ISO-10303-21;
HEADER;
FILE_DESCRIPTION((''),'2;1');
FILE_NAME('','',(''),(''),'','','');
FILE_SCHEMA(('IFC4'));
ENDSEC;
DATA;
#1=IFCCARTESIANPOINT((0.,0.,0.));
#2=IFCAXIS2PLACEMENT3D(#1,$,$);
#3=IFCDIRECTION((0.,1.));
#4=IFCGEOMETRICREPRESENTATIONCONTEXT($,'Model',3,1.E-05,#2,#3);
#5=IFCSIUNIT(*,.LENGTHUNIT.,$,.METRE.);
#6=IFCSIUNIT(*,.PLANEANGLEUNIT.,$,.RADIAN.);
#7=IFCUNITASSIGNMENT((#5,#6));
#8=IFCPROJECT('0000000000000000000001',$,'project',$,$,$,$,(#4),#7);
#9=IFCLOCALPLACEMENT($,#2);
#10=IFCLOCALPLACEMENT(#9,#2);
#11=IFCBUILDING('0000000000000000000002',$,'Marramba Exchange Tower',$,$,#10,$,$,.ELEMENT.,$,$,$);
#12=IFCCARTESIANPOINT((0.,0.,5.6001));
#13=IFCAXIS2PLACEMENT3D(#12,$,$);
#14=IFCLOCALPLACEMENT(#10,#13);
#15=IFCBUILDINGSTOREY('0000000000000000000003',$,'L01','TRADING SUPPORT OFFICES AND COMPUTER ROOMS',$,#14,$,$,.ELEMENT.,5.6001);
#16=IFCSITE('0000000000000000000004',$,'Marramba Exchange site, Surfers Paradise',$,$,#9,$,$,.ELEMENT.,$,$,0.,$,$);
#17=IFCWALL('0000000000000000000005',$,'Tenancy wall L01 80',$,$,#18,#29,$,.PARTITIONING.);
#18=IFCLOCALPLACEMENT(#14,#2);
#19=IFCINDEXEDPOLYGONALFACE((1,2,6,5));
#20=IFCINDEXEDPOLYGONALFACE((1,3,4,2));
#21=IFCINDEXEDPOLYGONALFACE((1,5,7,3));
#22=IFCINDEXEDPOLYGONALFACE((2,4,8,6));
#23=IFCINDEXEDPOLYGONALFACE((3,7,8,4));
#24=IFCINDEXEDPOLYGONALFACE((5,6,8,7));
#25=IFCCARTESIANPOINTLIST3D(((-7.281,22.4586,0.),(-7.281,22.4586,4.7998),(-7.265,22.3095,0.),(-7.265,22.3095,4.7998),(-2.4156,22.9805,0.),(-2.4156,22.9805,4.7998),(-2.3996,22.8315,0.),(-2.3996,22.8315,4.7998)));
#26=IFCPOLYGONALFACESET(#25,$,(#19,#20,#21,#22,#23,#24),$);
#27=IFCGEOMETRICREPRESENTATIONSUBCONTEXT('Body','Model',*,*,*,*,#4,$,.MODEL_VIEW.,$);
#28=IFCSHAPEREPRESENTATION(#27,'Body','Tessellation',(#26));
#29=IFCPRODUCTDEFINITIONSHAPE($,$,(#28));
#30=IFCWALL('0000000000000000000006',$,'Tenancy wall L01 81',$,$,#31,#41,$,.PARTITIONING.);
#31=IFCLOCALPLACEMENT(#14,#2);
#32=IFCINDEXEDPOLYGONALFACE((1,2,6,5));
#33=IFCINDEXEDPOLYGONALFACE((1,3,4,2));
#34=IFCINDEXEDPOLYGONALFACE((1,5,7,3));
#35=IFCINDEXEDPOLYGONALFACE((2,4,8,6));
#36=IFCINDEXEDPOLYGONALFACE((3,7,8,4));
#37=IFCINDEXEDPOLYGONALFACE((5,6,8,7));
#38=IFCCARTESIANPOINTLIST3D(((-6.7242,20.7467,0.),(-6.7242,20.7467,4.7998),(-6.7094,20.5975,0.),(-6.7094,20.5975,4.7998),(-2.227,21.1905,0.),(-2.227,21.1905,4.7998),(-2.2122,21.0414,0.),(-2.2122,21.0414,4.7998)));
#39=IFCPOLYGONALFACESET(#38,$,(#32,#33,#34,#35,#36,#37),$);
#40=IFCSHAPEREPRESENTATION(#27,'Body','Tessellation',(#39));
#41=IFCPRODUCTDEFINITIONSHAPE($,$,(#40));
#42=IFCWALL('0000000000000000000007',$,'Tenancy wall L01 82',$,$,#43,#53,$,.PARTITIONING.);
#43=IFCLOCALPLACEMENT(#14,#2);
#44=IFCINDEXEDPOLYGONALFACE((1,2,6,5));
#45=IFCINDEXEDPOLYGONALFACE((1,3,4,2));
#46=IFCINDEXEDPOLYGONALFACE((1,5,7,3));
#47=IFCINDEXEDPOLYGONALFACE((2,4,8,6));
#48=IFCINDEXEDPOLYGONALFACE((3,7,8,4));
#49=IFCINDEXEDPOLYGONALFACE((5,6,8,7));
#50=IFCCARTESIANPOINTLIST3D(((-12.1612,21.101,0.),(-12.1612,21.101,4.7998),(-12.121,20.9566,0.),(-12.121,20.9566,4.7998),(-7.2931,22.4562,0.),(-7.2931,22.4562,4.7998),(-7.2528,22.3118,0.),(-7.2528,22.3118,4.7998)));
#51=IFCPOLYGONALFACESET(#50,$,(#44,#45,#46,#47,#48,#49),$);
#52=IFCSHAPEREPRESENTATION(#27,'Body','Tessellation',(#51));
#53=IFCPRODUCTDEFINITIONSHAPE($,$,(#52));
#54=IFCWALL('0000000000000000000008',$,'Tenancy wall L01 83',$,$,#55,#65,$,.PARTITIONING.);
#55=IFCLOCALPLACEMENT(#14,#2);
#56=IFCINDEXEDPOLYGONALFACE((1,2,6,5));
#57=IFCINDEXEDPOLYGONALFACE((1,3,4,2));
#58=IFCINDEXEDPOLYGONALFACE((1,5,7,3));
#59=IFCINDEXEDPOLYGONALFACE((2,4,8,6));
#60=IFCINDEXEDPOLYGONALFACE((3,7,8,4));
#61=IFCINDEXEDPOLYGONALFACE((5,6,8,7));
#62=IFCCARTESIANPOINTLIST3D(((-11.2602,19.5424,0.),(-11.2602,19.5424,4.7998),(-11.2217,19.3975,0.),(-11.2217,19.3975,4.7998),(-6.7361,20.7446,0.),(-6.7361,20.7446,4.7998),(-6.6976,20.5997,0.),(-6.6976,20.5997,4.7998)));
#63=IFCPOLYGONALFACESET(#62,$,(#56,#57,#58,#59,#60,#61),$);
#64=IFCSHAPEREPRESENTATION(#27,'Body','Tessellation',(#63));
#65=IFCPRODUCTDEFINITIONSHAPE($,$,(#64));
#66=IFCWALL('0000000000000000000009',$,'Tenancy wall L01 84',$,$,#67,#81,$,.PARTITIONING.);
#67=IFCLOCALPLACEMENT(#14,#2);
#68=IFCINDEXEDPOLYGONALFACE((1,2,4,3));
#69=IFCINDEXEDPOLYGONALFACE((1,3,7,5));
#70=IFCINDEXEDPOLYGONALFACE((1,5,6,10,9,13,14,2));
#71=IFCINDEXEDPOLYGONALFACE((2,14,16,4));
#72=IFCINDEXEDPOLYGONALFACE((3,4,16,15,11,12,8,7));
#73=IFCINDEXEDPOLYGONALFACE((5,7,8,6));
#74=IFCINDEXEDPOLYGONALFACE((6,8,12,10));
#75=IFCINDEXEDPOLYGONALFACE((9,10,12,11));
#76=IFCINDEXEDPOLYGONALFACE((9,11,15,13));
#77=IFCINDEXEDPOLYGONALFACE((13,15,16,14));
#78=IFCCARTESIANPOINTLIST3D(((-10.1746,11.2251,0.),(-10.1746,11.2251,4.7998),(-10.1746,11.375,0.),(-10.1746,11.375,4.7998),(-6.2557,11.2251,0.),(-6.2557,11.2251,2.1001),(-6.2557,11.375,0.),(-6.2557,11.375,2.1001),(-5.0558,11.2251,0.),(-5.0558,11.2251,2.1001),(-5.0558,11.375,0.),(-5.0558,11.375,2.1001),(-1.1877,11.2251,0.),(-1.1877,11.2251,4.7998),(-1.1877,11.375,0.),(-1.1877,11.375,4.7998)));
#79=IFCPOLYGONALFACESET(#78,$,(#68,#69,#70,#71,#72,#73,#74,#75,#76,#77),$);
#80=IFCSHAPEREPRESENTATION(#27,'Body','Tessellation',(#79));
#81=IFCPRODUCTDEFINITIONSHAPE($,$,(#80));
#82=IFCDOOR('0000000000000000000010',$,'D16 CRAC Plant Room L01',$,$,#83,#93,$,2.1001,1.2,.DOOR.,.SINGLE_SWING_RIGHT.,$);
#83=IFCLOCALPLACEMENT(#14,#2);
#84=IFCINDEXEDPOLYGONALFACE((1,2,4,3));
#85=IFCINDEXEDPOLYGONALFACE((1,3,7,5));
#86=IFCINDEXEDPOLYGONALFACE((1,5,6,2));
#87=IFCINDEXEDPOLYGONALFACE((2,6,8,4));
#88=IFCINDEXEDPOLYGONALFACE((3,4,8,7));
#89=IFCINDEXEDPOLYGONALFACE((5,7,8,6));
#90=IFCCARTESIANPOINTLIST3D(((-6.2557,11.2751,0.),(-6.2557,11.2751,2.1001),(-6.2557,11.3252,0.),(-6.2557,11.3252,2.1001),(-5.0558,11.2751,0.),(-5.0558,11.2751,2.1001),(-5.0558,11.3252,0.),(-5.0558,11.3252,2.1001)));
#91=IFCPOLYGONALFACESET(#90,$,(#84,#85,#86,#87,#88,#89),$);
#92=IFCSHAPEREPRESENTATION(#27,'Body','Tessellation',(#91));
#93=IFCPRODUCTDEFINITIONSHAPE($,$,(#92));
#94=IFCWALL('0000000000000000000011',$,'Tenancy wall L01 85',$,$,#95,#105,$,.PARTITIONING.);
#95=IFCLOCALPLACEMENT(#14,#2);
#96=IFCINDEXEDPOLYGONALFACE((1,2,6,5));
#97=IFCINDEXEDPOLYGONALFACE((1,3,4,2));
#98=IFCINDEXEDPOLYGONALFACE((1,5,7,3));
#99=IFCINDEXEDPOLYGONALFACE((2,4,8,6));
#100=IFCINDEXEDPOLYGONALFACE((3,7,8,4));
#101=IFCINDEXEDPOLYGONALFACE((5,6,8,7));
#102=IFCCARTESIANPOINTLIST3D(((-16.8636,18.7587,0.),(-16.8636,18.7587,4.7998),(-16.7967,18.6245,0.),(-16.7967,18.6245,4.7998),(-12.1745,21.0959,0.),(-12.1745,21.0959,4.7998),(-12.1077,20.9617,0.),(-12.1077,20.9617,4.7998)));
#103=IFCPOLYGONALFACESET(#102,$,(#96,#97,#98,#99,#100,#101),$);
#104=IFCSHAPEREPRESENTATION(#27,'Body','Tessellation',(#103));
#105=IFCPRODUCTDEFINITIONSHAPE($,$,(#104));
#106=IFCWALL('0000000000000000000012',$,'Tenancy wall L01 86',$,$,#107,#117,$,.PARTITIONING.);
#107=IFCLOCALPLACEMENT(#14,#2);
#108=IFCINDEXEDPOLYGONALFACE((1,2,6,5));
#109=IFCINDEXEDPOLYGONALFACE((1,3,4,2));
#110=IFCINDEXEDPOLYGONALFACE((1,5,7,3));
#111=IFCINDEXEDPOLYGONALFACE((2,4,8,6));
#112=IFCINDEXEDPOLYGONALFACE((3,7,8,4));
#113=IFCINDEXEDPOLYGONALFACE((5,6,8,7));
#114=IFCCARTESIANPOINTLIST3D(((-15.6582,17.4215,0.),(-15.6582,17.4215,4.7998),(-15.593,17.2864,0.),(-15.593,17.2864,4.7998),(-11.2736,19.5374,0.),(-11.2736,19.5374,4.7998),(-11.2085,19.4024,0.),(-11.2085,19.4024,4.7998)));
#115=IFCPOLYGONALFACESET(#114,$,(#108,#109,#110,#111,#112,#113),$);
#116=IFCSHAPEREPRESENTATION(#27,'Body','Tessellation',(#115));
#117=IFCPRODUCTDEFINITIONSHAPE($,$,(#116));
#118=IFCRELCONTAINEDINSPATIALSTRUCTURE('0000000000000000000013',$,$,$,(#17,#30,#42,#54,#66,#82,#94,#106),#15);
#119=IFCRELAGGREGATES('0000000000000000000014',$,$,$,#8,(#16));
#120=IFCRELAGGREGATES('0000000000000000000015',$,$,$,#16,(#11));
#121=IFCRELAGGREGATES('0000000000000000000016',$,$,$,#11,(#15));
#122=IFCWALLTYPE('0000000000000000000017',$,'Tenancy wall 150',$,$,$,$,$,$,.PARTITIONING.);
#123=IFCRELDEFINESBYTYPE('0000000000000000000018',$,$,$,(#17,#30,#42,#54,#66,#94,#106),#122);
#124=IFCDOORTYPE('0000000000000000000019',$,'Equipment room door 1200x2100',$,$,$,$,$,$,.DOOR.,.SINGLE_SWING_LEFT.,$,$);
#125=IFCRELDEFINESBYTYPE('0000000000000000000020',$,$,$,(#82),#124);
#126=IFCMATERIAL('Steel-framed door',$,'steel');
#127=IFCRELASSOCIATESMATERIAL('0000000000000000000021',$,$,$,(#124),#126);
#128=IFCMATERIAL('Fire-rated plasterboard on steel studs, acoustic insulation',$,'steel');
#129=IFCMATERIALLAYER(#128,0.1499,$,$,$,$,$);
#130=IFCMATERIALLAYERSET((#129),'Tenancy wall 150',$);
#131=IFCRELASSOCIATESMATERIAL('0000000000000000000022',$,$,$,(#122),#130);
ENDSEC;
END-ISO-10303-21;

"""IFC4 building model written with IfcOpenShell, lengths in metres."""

from ifc_helpers import new_model, si_unit, direction, frame, frame_2d, origin, place, context, subcontext, project, spatial, rectangle, extrude, material, layer, layer_set, type_object, element, fill, save


model = new_model("IFC4")

# Units and contexts
model_context = context("Model", 3, precision=1e-05, world=origin(), true_north=direction((0.0, 1.0)))
body_context = subcontext(model_context, "Body", "Model", "MODEL_VIEW")
ifc_project = project(units=[si_unit("LENGTHUNIT", "METRE"), si_unit("PLANEANGLEUNIT", "RADIAN")], contexts=[model_context])

# Site, building, storey
site_placement = place(None, origin())
site = spatial("IfcSite", under=ifc_project, at=site_placement, Name="Marramba Exchange site, Surfers Paradise", CompositionType="ELEMENT", RefElevation=0.0)
building_placement = place(site_placement, origin())
building = spatial("IfcBuilding", under=site, at=building_placement, Name="Marramba Exchange Tower", CompositionType="ELEMENT")
storey_placement = place(building_placement, frame((0.0, 0.0, 5.6001)))
storey = spatial("IfcBuildingStorey", under=building, at=storey_placement, Name="L01", Description="TRADING SUPPORT OFFICES AND COMPUTER ROOMS", CompositionType="ELEMENT", Elevation=5.6001)

# Shared definitions
ifc_material_1 = material(Name="Steel-framed door", Category="steel")
door_type = type_object("IfcDoorType", Name="Equipment room door 1200x2100", OperationType="SINGLE_SWING_LEFT", PredefinedType="DOOR", material=ifc_material_1)

# Walls
ifc_material_2 = material(Name="Fire-rated plasterboard on steel studs, acoustic insulation", Category="steel")
ifc_layer_1 = layer(ifc_material_2, 0.1499)
ifc_layer_set_1 = layer_set([ifc_layer_1], Name="Tenancy wall 150")
wall_type_1 = type_object("IfcWallType", Name="Tenancy wall 150", PredefinedType="PARTITIONING", material=ifc_layer_set_1)
wall_1_placement = place(storey_placement, frame((-2.4075, 22.906, 0.0), z_axis=(0.0, 0.0, 1.0), x_axis=(-0.994295, -0.106669, 0.0)))
element("IfcWall", 1, at=wall_1_placement, inside=storey, type_object=wall_type_1, Name="Tenancy wall L01 80", PredefinedType="PARTITIONING", context=body_context, shape_type="SweptSolid", body=[
    extrude(rectangle(XDim=4.8933, YDim=0.1499, at=frame_2d((2.4468, 0.0))), origin(), (0.0, 0.0, 1.0), 4.7998),
])
wall_2_placement = place(storey_placement, frame((-6.7168, 20.6721, 0.0), z_axis=(0.0, 0.0, 1.0), x_axis=(0.995165, 0.098215, 0.0)))
element("IfcWall", 2, at=wall_2_placement, inside=storey, type_object=wall_type_1, Name="Tenancy wall L01 81", PredefinedType="PARTITIONING", context=body_context, shape_type="SweptSolid", body=[
    extrude(rectangle(XDim=4.519, YDim=0.1499, at=frame_2d((2.2595, 0.0))), origin(), (0.0, 0.0, 1.0), 4.7998),
])
wall_3_placement = place(storey_placement, frame((-7.2729, 22.384, 0.0), z_axis=(0.0, 0.0, 1.0), x_axis=(-0.963367, -0.268187, 0.0)))
element("IfcWall", 3, at=wall_3_placement, inside=storey, type_object=wall_type_1, Name="Tenancy wall L01 82", PredefinedType="PARTITIONING", context=body_context, shape_type="SweptSolid", body=[
    extrude(rectangle(XDim=5.0532, YDim=0.1499, at=frame_2d((2.5266, 0.0))), origin(), (0.0, 0.0, 1.0), 4.7998),
])
wall_4_placement = place(storey_placement, frame((-11.241, 19.47, 0.0), z_axis=(0.0, 0.0, 1.0), x_axis=(0.966463, 0.256806, 0.0)))
element("IfcWall", 4, at=wall_4_placement, inside=storey, type_object=wall_type_1, Name="Tenancy wall L01 83", PredefinedType="PARTITIONING", context=body_context, shape_type="SweptSolid", body=[
    extrude(rectangle(XDim=4.6812, YDim=0.1499, at=frame_2d((2.3406, 0.0))), origin(), (0.0, 0.0, 1.0), 4.7998),
])

# Wall, opening, door
wall_5_placement = place(storey_placement, frame((-1.1877, 11.3, 0.0), z_axis=(0.0, 0.0, 1.0), x_axis=(-1.0, 0.0, 0.0)))
wall_5 = element("IfcWall", 5, at=wall_5_placement, inside=storey, type_object=wall_type_1, Name="Tenancy wall L01 84", PredefinedType="PARTITIONING", context=body_context, shape_type="SweptSolid", body=[
    extrude(rectangle(XDim=8.9868, YDim=0.1499, at=frame_2d((4.4934, 0.0))), origin(), (0.0, 0.0, 1.0), 4.7998),
])
opening_1_placement = place(wall_5_placement, frame((3.8679, 0.0, 0.0)))
opening_1 = element("IfcOpeningElement", 6, at=opening_1_placement, cuts=wall_5, PredefinedType="OPENING", context=body_context, shape_type="SweptSolid", body=[
    extrude(rectangle(XDim=1.2, YDim=2.1001, at=frame_2d((0.6001, 1.05))), frame((0.0, 0.085, 0.0), z_axis=(0.0, -1.0, 0.0), x_axis=(1.0, 0.0, 0.0)), (0.0, 0.0, 1.0), 0.1699),
])
door_1_placement = place(opening_1_placement, origin())
door_1 = element("IfcDoor", 7, at=door_1_placement, inside=storey, type_object=door_type, Name="D16 CRAC Plant Room L01", OperationType="SINGLE_SWING_RIGHT", OverallHeight=2.1001, OverallWidth=1.2, PredefinedType="DOOR", context=body_context, shape_type="SweptSolid", body=[
    extrude(rectangle(XDim=1.2, YDim=2.1001, at=frame_2d((0.6001, 1.05))), frame((0.0, 0.0249, 0.0), z_axis=(0.0, -1.0, 0.0), x_axis=(1.0, 0.0, 0.0)), (0.0, 0.0, 1.0), 0.05),
])
fill(opening_1, door_1)

# Walls
wall_6_placement = place(storey_placement, frame((-12.1411, 21.0288, 0.0), z_axis=(0.0, 0.0, 1.0), x_axis=(-0.894986, -0.446095, 0.0)))
element("IfcWall", 8, at=wall_6_placement, inside=storey, type_object=wall_type_1, Name="Tenancy wall L01 85", PredefinedType="PARTITIONING", context=body_context, shape_type="SweptSolid", body=[
    extrude(rectangle(XDim=5.2393, YDim=0.1499, at=frame_2d((2.6196, 0.0))), origin(), (0.0, 0.0, 1.0), 4.7998),
])
wall_7_placement = place(storey_placement, frame((-15.6255, 17.354, 0.0), z_axis=(0.0, 0.0, 1.0), x_axis=(0.900608, 0.434633, 0.0)))
element("IfcWall", 9, at=wall_7_placement, inside=storey, type_object=wall_type_1, Name="Tenancy wall L01 86", PredefinedType="PARTITIONING", context=body_context, shape_type="SweptSolid", body=[
    extrude(rectangle(XDim=4.8684, YDim=0.1499, at=frame_2d((2.4341, 0.0))), origin(), (0.0, 0.0, 1.0), 4.7998),
])

save(model, "model.ifc")
